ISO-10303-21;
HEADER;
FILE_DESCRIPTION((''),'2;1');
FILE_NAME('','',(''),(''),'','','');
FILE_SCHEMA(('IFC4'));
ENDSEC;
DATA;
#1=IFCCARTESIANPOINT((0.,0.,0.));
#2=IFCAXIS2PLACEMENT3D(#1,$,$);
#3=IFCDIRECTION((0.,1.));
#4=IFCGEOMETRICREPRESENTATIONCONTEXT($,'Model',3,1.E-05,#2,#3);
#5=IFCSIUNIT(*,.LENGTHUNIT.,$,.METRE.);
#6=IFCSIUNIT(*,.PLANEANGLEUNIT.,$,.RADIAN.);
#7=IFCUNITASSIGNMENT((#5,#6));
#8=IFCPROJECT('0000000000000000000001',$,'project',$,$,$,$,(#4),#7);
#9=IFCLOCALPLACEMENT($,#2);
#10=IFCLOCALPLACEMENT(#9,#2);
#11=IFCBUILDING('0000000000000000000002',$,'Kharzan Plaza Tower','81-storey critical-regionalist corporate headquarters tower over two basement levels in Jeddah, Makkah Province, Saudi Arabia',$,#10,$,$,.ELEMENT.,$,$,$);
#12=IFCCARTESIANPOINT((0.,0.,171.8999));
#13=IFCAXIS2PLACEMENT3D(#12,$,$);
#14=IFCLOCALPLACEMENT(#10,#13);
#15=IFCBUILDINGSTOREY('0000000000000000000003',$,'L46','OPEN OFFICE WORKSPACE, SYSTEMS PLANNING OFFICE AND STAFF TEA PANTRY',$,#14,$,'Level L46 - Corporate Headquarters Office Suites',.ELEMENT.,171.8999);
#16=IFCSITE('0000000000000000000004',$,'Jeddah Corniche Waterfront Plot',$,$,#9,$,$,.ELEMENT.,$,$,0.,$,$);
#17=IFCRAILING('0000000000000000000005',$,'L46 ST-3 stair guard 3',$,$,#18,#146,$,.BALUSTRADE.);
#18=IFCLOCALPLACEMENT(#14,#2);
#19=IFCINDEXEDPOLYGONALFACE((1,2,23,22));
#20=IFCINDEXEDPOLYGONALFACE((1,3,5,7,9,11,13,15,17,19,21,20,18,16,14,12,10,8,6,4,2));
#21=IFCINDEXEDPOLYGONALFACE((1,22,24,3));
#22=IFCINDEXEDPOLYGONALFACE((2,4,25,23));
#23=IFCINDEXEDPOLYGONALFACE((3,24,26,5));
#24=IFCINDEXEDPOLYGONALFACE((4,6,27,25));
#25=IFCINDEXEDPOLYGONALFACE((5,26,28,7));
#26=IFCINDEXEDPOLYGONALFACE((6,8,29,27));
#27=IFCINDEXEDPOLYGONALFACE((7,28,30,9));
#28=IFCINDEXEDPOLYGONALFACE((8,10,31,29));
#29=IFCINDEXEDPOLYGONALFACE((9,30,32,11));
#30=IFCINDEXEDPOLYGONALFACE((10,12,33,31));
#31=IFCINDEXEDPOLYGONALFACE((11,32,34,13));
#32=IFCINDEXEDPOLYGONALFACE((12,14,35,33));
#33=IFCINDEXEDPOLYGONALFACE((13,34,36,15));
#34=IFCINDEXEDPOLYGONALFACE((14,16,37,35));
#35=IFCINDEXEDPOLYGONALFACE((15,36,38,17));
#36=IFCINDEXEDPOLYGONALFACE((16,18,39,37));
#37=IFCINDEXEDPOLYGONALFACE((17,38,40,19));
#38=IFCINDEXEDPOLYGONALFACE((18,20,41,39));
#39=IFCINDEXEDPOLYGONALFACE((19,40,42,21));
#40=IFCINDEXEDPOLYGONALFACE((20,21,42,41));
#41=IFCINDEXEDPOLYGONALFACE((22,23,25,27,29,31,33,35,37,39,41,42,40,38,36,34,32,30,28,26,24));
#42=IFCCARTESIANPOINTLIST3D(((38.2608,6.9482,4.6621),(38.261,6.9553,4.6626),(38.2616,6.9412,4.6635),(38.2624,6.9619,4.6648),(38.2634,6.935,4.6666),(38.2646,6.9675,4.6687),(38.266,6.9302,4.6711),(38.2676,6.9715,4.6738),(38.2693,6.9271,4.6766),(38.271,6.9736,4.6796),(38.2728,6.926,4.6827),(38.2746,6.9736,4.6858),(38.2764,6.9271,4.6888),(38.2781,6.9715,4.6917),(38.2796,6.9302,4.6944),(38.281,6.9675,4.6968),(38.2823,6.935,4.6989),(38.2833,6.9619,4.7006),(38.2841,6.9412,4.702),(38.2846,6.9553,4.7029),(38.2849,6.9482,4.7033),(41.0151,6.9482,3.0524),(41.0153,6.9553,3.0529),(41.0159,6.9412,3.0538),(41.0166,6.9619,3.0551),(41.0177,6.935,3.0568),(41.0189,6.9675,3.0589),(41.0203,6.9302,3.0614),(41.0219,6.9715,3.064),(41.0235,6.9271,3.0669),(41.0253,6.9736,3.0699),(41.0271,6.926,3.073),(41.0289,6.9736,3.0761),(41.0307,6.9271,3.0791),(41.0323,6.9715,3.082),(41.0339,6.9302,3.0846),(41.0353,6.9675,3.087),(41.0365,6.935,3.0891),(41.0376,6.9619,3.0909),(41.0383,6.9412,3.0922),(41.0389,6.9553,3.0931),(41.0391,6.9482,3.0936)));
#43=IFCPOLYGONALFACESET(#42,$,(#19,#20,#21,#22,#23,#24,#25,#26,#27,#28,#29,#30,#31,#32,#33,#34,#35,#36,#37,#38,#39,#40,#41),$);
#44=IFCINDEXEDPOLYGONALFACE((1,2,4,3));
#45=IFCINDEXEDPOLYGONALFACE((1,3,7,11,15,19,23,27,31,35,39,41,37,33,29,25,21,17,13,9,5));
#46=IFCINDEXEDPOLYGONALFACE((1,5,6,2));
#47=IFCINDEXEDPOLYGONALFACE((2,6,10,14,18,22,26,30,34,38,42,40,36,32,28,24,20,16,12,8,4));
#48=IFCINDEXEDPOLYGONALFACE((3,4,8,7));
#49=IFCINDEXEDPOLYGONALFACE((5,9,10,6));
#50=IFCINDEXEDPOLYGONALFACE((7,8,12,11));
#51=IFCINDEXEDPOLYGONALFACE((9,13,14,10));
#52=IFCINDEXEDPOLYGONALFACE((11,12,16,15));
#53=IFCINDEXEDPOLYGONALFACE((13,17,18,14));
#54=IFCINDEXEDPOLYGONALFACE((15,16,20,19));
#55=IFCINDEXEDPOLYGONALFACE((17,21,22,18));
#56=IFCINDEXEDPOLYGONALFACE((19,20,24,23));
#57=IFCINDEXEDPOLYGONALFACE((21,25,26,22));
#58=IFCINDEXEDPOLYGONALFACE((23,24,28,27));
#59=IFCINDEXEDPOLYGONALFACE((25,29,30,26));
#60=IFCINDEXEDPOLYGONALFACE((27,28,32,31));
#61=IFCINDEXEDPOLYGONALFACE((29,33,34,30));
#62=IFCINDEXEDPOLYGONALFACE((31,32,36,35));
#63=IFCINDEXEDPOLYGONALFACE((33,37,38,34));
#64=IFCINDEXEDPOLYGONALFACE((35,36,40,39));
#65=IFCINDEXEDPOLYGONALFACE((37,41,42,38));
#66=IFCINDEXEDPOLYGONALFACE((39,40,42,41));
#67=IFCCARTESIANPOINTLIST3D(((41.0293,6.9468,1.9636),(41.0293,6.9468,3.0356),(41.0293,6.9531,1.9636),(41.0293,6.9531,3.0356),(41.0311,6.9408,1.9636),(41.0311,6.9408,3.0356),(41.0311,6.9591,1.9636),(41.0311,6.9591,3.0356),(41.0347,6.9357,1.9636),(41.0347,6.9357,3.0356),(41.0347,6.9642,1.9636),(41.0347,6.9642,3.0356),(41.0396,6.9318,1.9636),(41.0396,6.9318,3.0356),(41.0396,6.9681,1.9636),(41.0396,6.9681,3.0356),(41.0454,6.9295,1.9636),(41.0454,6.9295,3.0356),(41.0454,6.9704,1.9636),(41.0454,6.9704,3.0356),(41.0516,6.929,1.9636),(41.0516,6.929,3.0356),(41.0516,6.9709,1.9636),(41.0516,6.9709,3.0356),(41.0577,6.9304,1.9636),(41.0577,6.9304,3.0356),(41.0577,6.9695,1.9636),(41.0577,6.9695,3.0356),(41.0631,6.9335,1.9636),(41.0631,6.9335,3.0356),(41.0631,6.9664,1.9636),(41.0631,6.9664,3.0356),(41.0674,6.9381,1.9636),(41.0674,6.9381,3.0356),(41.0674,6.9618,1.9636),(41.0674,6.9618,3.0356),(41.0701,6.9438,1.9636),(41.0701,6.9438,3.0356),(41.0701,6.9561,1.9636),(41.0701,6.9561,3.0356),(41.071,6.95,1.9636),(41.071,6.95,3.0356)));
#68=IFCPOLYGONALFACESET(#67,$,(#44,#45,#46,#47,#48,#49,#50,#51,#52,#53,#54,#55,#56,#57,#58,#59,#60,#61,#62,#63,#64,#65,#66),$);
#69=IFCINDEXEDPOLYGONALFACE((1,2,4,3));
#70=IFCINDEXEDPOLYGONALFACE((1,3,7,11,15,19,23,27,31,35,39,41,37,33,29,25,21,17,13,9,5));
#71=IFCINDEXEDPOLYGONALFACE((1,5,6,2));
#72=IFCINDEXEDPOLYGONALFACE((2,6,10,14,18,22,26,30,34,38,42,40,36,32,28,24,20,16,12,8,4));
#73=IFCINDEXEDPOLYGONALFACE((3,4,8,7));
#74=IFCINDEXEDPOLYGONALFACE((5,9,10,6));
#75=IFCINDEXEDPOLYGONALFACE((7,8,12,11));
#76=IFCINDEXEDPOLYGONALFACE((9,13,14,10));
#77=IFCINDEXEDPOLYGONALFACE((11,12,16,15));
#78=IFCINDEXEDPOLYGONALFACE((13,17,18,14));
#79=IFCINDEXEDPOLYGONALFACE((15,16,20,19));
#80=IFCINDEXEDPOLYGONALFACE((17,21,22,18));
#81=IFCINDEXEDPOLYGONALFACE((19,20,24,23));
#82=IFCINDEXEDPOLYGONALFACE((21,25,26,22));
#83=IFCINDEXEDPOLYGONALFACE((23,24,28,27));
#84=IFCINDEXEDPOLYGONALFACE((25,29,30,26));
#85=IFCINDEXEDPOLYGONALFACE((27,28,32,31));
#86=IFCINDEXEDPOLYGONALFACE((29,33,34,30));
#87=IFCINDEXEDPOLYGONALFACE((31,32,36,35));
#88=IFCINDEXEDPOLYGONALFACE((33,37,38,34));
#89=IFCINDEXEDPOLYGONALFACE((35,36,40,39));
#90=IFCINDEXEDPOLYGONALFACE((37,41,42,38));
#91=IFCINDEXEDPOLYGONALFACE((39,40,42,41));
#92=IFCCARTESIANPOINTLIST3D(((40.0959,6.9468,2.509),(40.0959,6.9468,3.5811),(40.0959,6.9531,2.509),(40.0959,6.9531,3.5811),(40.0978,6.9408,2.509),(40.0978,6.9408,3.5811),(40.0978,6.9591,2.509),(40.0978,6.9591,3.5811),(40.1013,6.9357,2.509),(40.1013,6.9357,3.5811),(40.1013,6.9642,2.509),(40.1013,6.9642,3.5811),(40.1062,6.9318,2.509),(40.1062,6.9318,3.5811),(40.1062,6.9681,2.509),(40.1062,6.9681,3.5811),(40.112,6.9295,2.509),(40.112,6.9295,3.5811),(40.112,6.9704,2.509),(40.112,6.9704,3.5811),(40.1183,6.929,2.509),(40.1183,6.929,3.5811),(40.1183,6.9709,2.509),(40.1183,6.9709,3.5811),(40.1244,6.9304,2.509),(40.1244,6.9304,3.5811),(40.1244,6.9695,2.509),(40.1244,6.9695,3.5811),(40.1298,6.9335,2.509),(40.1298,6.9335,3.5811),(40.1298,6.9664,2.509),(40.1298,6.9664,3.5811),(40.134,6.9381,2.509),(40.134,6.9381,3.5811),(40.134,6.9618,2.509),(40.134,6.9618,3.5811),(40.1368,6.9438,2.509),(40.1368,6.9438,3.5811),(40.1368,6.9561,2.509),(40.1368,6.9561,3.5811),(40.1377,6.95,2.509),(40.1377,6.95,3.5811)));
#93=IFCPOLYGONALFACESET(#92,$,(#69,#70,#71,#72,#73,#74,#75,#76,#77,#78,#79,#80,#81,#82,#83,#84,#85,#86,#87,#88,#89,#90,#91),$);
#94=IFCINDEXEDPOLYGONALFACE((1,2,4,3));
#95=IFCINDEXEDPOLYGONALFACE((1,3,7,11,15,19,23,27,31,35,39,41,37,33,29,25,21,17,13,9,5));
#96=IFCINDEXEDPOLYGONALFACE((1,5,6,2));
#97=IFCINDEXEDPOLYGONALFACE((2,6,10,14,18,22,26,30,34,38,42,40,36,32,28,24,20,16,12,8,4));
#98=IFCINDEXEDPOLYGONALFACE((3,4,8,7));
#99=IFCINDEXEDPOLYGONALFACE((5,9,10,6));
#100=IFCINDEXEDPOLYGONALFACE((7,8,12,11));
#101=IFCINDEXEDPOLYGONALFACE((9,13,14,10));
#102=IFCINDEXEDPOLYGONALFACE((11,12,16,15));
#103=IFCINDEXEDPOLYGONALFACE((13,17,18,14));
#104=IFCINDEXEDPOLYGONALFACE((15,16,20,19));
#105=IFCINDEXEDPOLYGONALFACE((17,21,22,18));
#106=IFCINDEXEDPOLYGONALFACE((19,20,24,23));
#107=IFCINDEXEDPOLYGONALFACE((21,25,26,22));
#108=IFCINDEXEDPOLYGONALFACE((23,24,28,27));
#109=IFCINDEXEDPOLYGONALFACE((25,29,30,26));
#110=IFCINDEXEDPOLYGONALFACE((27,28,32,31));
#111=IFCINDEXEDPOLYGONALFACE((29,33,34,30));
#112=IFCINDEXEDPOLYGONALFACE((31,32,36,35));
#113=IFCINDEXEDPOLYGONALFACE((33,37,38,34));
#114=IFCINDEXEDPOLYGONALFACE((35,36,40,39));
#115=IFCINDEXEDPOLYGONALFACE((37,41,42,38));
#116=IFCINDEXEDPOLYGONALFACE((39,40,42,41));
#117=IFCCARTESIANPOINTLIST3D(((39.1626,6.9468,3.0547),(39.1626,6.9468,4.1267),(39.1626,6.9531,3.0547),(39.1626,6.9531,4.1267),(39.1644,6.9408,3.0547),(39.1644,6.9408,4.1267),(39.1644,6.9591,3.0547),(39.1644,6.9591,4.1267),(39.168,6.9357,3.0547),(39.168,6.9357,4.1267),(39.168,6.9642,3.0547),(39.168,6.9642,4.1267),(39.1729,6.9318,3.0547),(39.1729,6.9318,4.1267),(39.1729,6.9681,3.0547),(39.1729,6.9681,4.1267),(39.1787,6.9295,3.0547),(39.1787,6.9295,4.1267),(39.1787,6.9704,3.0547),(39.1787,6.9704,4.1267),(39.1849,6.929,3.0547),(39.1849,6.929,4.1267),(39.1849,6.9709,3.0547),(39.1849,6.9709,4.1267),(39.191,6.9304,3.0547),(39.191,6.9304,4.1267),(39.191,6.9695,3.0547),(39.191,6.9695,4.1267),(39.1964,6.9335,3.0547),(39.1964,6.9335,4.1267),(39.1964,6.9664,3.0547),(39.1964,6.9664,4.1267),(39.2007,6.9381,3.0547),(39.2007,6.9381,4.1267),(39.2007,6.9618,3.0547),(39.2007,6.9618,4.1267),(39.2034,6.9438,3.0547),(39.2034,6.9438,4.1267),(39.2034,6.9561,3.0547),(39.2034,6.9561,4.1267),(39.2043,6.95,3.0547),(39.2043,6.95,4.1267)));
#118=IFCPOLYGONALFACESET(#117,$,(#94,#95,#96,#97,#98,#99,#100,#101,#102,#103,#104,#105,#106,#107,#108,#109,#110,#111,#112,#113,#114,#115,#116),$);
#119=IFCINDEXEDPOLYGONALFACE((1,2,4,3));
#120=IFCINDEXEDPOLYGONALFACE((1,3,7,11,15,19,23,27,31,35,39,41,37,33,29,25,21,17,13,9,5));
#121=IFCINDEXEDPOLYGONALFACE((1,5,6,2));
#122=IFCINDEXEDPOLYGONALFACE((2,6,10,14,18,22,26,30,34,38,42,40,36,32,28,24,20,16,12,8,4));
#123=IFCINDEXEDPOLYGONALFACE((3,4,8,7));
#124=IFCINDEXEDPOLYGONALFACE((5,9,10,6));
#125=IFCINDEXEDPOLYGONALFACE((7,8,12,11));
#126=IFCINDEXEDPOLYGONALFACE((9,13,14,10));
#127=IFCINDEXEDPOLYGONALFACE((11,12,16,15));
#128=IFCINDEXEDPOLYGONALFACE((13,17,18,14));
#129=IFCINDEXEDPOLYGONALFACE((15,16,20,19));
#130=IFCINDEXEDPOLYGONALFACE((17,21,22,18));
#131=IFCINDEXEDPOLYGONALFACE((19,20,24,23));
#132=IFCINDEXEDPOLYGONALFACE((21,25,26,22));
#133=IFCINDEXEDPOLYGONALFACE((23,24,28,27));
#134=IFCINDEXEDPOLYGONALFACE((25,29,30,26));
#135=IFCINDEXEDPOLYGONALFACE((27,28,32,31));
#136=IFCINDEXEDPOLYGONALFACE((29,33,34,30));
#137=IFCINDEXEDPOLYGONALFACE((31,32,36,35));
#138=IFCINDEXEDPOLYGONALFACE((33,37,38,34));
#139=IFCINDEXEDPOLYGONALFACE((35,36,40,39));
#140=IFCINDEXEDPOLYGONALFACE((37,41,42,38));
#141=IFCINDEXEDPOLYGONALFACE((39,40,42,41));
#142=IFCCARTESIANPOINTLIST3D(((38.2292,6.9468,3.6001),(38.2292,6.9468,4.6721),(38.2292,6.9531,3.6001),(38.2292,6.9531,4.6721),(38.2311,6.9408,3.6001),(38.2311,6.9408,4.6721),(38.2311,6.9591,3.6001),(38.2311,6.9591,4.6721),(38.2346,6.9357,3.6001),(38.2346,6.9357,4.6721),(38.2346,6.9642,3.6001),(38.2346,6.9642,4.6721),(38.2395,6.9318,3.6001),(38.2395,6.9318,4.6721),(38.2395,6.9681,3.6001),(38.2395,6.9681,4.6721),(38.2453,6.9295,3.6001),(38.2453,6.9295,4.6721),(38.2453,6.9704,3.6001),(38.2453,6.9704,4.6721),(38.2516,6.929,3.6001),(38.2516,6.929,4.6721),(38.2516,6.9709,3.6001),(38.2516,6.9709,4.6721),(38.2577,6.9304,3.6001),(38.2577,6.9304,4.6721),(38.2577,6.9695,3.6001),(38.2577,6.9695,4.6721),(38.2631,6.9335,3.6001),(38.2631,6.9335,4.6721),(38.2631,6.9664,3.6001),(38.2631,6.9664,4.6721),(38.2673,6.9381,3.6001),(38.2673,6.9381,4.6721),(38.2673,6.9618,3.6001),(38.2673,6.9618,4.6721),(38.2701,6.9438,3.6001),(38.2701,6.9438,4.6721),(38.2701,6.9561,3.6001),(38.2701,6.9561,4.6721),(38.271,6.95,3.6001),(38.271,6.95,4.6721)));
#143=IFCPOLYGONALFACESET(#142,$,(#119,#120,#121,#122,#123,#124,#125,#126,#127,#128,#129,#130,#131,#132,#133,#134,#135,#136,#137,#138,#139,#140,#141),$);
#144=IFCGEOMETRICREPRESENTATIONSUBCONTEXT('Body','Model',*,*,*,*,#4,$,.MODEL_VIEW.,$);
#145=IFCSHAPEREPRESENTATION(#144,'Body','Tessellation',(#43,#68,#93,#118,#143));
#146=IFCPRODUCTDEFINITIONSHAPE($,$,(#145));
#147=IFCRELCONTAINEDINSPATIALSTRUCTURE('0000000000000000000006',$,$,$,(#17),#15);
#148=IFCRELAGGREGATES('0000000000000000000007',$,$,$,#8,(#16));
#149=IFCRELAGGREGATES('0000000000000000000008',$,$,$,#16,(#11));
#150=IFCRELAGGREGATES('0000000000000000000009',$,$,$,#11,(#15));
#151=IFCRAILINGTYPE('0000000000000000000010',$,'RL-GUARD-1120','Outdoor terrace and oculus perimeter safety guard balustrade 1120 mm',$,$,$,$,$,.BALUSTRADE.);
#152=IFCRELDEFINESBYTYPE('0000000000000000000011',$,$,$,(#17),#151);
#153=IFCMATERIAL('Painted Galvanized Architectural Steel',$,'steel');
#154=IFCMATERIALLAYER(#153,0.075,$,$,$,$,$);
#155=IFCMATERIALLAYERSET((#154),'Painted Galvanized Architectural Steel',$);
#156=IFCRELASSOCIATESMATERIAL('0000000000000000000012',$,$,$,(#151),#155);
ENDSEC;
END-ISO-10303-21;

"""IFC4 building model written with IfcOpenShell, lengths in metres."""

from ifc_helpers import new_model, si_unit, direction, frame, origin, origin_2d, place, context, subcontext, project, spatial, circle, extrude, source, transform, mapped, material, layer, layer_set, type_object, element, save


model = new_model("IFC4")

# Units and contexts
model_context = context("Model", 3, precision=1e-05, world=origin(), true_north=direction((0.0, 1.0)))
body_context = subcontext(model_context, "Body", "Model", "MODEL_VIEW")
ifc_project = project(units=[si_unit("LENGTHUNIT", "METRE"), si_unit("PLANEANGLEUNIT", "RADIAN")], contexts=[model_context])

# Site, building, storey
site_placement = place(None, origin())
site = spatial("IfcSite", under=ifc_project, at=site_placement, Name="Jeddah Corniche Waterfront Plot", CompositionType="ELEMENT", RefElevation=0.0)
building_placement = place(site_placement, origin())
building = spatial("IfcBuilding", under=site, at=building_placement, Name="Kharzan Plaza Tower", Description="81-storey critical-regionalist corporate headquarters tower over two basement levels in Jeddah, Makkah Province, Saudi Arabia", CompositionType="ELEMENT")
storey_placement = place(building_placement, frame((0.0, 0.0, 171.8999)))
storey = spatial("IfcBuildingStorey", under=building, at=storey_placement, Name="L46", Description="OPEN OFFICE WORKSPACE, SYSTEMS PLANNING OFFICE AND STAFF TEA PANTRY", LongName="Level L46 - Corporate Headquarters Office Suites", CompositionType="ELEMENT", Elevation=171.8999)

# Railing
ifc_material_1 = material(Name="Painted Galvanized Architectural Steel", Category="steel")
ifc_layer_1 = layer(ifc_material_1, 0.075)
ifc_layer_set_1 = layer_set([ifc_layer_1], Name="Painted Galvanized Architectural Steel")
railing_type_1 = type_object("IfcRailingType", Name="RL-GUARD-1120", Description="Outdoor terrace and oculus perimeter safety guard balustrade 1120 mm", PredefinedType="BALUSTRADE", material=ifc_layer_set_1)
shared_shape_1 = source(origin(), body_context, "Body", "SweptSolid", [
    extrude(circle(Radius=0.0239, at=origin_2d()), frame((-0.0229, 0.0, 1.1094), z_axis=(-0.863361, 0.0, 0.504587), x_axis=(0.0, -1.0, 0.0)), (0.0, 0.0, 1.0), 3.1902),
    extrude(circle(Radius=0.021, at=origin_2d()), origin(), (0.0, 0.0, 1.0), 1.072),
    extrude(circle(Radius=0.021, at=origin_2d()), frame((-0.9333, 0.0, 0.5454)), (0.0, 0.0, 1.0), 1.072),
    extrude(circle(Radius=0.021, at=origin_2d()), frame((-1.8667, 0.0, 1.0911)), (0.0, 0.0, 1.0), 1.072),
    extrude(circle(Radius=0.021, at=origin_2d()), frame((-2.8, 0.0, 1.6365)), (0.0, 0.0, 1.0), 1.072),
])
railing_1_placement = place(storey_placement, frame((41.05, 6.95, 1.9636)))
element("IfcRailing", 1, at=railing_1_placement, inside=storey, type_object=railing_type_1, Name="L46 ST-3 stair guard 3", PredefinedType="BALUSTRADE", context=body_context, shape_type="MappedRepresentation", body=[
    mapped(shared_shape_1, transform((0.0, 0.0, 0.0), x_axis=(1.0, 0.0, 0.0), y_axis=(0.0, 1.0, 0.0), z_axis=(0.0, 0.0, 1.0))),
])

save(model, "model.ifc")
